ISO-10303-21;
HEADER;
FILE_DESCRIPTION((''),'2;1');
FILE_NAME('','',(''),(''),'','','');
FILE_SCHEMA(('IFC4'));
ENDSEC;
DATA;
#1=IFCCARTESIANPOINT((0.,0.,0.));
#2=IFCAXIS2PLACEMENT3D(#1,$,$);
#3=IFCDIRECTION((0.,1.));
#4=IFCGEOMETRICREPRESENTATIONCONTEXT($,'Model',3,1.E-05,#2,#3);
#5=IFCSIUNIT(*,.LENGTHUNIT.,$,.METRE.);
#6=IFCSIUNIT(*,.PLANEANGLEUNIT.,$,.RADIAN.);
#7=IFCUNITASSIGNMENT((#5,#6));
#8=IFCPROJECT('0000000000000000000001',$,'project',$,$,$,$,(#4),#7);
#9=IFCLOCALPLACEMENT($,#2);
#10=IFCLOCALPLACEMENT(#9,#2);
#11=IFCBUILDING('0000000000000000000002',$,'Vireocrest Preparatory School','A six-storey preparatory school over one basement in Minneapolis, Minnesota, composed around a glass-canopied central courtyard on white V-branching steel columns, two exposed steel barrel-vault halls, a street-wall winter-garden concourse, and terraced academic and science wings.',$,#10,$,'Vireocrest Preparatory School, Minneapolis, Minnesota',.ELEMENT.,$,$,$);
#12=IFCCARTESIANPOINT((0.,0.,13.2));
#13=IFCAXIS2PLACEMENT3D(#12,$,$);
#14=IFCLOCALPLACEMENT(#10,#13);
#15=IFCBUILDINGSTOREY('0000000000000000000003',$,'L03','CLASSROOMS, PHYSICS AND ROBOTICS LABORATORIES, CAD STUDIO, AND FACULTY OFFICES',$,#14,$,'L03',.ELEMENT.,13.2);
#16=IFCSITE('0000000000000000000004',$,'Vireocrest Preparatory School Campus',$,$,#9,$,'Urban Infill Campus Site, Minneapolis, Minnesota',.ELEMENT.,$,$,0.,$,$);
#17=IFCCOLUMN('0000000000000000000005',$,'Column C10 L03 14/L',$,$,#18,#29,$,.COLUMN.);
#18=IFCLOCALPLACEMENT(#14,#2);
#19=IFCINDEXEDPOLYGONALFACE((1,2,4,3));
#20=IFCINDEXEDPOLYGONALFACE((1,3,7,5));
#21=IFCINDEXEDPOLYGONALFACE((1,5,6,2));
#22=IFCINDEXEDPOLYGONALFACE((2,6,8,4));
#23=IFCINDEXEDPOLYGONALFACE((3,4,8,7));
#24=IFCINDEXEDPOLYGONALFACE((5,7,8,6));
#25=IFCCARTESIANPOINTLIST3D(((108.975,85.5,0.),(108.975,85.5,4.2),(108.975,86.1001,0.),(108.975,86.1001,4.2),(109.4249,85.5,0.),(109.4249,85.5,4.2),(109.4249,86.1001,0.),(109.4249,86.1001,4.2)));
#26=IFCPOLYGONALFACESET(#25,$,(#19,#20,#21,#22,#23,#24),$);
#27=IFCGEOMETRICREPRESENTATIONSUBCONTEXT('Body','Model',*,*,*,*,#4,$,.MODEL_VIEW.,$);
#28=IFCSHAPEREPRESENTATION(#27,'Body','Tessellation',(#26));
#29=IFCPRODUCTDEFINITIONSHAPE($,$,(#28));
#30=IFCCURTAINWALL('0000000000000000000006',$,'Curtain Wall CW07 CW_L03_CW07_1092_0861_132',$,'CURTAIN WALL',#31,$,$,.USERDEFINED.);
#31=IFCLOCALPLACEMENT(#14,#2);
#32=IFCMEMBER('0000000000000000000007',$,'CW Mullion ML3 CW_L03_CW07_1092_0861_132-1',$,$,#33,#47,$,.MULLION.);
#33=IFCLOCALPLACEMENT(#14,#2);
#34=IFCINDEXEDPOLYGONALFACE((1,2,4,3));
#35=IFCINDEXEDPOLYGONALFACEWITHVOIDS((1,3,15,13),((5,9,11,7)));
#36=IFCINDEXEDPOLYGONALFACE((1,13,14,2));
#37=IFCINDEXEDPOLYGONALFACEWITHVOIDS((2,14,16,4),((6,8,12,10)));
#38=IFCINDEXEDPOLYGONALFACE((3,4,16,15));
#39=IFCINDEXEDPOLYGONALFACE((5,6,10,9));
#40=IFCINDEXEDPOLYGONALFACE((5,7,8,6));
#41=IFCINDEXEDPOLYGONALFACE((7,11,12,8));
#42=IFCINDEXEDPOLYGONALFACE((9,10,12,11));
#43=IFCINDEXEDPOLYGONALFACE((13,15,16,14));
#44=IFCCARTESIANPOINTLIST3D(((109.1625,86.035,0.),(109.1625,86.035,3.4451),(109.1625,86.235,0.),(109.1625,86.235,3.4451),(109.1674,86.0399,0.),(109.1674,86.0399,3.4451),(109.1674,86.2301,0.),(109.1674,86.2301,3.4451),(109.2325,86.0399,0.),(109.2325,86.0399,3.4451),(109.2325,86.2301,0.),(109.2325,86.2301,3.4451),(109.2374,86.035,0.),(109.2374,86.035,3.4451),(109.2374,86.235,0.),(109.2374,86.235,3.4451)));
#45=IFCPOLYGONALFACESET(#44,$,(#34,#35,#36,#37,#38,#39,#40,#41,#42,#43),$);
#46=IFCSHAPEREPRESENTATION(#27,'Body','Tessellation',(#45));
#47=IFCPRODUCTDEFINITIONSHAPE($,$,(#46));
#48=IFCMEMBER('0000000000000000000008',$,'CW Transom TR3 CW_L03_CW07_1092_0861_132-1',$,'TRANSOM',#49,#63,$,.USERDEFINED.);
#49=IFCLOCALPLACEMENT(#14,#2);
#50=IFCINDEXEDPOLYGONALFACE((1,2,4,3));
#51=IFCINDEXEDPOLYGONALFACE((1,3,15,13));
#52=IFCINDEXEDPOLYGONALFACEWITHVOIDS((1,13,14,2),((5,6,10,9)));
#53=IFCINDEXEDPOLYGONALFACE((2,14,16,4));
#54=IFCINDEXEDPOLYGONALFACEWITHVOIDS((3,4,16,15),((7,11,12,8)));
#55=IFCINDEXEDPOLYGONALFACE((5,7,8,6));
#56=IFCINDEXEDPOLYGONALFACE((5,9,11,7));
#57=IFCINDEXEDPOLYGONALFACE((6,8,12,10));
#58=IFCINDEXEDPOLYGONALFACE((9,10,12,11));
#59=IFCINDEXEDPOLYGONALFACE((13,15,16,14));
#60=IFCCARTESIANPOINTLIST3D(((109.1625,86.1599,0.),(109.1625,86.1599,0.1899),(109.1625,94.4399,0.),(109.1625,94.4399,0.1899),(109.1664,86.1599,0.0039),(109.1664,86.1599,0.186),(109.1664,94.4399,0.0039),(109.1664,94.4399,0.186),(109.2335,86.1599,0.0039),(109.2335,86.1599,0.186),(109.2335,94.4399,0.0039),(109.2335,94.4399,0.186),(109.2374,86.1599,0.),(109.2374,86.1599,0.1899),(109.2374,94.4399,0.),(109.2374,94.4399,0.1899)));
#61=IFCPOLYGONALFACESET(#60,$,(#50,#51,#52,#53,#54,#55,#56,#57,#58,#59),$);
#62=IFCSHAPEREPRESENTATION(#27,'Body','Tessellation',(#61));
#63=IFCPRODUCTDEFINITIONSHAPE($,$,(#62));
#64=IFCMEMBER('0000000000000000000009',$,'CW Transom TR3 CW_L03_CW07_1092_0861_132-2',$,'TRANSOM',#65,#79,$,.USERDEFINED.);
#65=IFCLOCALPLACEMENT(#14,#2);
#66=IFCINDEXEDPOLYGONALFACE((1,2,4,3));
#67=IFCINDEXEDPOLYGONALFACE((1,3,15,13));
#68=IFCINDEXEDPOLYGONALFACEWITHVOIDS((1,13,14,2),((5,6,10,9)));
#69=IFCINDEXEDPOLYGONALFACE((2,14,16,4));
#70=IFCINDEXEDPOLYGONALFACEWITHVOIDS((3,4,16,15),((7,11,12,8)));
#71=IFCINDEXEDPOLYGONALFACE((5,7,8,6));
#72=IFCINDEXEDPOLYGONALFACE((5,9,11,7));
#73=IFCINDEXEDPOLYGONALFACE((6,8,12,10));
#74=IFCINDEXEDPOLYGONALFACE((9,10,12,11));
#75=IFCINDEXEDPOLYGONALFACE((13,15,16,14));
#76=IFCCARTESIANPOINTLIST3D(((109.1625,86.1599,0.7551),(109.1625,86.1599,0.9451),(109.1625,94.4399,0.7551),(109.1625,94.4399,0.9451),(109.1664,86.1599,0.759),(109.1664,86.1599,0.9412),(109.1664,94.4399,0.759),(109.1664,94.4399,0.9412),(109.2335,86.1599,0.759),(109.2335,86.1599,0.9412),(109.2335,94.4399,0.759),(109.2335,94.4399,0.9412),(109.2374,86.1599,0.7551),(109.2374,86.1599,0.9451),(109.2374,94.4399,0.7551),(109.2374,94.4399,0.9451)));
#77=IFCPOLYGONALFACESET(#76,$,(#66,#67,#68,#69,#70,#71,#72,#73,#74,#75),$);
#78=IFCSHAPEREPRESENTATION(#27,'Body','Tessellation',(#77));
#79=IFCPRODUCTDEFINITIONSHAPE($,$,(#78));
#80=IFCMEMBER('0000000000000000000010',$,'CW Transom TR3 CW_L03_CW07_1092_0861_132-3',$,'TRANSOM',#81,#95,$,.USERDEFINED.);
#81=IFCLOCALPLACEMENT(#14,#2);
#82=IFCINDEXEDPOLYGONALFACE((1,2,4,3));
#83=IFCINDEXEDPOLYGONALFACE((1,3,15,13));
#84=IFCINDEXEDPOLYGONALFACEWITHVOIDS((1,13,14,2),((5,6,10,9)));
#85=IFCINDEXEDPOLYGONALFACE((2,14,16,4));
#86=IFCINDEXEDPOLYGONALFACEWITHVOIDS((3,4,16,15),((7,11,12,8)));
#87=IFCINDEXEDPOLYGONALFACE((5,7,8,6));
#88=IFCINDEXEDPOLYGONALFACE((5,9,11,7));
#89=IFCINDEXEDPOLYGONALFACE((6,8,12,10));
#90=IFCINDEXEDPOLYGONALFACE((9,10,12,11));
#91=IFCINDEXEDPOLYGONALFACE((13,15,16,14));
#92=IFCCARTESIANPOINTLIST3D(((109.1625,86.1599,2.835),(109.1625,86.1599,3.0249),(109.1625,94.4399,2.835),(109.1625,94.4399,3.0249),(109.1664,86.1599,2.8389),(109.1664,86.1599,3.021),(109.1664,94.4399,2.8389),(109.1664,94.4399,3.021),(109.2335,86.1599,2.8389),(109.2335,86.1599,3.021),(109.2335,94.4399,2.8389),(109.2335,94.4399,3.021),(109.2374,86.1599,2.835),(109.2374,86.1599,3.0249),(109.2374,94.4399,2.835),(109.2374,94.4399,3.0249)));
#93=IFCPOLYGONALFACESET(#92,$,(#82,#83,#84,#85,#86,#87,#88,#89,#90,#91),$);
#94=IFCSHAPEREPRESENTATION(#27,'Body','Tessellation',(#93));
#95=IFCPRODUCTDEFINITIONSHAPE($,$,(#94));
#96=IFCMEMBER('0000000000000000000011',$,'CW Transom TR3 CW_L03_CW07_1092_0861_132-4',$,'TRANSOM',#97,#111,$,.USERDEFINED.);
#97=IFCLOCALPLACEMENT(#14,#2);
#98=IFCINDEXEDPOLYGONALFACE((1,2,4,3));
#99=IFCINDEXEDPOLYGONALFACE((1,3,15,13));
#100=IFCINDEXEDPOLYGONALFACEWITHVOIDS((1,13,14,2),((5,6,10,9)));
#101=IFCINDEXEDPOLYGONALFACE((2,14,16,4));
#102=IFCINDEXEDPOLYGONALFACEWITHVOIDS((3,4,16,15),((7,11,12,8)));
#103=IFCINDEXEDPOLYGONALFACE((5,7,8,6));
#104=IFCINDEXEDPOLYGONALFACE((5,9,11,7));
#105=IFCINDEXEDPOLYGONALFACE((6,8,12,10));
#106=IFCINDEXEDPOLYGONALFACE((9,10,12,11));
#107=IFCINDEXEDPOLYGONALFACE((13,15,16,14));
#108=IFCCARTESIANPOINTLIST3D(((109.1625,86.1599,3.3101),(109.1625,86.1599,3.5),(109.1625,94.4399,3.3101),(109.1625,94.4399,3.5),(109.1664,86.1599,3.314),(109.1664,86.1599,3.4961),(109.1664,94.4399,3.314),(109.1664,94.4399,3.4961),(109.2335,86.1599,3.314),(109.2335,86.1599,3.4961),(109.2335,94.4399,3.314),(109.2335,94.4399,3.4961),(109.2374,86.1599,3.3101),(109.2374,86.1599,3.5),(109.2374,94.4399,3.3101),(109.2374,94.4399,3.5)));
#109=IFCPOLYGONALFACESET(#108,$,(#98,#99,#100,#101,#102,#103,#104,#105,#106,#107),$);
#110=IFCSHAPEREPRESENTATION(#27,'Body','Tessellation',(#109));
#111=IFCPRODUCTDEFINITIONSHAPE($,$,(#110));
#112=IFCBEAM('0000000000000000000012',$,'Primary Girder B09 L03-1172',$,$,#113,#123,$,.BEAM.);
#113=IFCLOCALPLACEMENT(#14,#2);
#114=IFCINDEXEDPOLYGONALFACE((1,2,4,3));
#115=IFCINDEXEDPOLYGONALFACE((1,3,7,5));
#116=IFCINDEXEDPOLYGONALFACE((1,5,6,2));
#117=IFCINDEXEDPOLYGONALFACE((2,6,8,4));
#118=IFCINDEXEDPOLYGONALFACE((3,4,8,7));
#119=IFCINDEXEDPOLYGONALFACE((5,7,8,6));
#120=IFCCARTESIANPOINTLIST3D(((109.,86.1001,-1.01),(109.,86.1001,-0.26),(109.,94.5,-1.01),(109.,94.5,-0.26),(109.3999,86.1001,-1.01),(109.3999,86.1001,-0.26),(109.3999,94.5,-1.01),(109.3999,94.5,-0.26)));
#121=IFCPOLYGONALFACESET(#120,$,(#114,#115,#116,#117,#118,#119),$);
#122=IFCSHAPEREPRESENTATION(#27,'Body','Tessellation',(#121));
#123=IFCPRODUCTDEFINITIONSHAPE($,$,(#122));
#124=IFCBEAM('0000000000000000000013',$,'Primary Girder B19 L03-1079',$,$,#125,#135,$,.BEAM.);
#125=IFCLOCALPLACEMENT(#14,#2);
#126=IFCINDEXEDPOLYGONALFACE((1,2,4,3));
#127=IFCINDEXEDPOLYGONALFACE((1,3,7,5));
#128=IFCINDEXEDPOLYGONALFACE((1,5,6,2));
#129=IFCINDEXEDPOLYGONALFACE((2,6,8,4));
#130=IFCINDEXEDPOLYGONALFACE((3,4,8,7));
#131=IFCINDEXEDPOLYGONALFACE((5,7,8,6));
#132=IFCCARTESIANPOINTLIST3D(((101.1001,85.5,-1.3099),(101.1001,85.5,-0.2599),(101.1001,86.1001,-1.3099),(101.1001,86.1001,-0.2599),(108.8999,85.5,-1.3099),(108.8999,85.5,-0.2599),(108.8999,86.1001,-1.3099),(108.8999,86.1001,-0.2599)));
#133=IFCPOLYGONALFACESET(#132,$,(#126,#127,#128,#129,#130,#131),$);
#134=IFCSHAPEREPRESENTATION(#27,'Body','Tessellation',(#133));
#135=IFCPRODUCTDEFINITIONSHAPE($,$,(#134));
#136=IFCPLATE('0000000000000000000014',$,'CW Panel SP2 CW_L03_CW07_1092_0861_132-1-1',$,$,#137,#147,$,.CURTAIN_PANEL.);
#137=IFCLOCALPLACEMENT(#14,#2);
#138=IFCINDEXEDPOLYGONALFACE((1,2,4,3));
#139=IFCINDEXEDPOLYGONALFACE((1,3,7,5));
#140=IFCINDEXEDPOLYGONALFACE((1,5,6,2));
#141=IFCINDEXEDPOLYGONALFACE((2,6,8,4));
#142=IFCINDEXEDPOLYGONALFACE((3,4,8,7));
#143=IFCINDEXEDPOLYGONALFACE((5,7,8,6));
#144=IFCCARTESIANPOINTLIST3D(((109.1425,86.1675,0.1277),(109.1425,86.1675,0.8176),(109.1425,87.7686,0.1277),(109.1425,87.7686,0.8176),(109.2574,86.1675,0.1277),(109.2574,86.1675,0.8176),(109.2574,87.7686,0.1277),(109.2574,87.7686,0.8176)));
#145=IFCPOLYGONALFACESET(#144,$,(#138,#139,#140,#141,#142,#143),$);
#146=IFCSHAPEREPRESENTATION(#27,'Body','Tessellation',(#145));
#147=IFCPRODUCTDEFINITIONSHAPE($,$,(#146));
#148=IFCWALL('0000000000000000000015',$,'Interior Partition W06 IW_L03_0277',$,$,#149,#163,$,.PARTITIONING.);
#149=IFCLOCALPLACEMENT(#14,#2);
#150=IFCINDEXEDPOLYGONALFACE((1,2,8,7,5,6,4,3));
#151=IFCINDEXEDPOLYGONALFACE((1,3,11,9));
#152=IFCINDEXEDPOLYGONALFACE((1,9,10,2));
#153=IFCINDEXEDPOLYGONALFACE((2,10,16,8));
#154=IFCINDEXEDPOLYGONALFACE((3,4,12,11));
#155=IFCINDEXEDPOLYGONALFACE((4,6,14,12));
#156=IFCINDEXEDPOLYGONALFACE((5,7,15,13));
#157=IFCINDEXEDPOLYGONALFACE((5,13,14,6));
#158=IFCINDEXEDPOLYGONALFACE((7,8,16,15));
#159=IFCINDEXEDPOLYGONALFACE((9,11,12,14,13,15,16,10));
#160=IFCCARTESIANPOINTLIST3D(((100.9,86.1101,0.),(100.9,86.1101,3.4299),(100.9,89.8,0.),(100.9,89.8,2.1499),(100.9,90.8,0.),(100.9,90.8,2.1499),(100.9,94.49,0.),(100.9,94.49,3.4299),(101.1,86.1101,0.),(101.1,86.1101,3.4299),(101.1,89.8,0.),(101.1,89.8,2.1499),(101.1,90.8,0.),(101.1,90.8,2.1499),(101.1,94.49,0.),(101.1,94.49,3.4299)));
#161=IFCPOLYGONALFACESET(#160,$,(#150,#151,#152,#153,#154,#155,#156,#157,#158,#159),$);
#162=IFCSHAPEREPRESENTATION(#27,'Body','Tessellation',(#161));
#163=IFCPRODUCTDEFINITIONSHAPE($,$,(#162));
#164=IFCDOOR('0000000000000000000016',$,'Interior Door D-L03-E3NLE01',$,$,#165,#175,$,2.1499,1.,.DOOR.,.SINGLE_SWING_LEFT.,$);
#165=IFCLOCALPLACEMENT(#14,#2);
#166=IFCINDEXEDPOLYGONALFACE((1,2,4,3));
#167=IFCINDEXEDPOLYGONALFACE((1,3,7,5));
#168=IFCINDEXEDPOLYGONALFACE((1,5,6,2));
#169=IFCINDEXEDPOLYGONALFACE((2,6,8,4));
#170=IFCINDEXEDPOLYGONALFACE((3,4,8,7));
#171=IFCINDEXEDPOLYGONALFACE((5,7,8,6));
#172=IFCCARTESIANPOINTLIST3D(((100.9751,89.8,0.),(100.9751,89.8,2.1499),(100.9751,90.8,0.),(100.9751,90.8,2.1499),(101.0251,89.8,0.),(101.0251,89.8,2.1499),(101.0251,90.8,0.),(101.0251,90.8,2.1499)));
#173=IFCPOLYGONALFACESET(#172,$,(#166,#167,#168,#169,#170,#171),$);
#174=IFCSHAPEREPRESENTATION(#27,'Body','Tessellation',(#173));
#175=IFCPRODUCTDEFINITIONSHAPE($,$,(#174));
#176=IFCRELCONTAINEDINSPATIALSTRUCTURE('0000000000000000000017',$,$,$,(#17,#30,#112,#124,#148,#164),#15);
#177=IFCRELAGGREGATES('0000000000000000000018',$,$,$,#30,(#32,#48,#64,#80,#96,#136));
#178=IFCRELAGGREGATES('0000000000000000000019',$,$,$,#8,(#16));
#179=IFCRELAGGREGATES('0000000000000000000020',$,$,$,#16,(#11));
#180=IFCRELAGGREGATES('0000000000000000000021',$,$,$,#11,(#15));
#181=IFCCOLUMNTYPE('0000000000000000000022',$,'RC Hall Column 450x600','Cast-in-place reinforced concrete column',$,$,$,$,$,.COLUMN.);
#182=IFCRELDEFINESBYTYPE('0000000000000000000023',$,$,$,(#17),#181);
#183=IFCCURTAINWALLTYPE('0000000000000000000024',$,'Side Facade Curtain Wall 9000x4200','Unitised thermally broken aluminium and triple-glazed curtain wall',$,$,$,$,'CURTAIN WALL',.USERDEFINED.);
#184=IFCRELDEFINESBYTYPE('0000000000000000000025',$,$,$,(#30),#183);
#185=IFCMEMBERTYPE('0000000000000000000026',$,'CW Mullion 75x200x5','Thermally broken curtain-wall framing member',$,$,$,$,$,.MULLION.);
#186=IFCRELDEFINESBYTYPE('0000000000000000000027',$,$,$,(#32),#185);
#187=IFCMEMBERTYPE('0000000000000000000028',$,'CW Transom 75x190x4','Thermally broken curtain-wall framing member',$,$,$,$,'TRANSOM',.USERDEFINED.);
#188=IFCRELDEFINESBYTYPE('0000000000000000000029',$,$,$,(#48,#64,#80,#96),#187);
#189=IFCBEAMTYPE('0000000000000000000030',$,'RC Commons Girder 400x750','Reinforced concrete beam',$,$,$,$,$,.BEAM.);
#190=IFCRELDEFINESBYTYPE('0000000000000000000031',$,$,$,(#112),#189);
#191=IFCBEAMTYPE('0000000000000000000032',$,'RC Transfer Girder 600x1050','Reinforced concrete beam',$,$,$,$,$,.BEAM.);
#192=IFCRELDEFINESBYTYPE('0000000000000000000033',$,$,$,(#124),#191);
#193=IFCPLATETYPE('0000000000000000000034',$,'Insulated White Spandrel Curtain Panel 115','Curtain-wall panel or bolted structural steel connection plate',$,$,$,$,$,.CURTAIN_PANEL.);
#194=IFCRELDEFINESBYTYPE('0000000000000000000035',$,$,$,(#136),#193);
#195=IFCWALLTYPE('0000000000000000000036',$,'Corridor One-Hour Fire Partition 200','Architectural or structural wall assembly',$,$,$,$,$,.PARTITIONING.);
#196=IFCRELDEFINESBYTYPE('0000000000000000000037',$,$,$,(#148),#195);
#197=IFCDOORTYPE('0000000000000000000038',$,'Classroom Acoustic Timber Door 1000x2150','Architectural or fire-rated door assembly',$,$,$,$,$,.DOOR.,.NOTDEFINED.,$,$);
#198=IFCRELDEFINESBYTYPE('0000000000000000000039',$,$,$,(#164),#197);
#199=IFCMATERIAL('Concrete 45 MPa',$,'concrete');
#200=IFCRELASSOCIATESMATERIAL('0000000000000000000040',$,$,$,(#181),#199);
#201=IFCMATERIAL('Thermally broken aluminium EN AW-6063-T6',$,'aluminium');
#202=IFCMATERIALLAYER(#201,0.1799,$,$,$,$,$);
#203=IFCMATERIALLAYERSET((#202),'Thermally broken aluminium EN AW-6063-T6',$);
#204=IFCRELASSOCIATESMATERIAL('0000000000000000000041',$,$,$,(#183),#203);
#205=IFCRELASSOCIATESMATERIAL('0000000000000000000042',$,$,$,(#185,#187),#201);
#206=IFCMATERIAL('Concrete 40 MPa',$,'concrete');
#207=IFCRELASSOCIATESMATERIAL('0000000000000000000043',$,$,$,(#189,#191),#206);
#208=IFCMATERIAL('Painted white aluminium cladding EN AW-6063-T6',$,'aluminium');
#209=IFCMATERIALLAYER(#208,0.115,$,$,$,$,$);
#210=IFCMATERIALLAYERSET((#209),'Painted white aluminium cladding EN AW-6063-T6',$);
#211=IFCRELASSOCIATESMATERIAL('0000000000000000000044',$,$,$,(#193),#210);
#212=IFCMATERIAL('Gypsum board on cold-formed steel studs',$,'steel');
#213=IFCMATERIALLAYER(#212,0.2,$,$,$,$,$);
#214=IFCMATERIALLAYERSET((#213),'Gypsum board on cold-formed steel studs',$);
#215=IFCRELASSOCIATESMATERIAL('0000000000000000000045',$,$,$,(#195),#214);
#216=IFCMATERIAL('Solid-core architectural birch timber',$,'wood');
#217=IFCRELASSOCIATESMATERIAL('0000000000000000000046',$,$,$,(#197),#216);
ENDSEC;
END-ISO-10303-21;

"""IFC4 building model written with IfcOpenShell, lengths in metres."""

from ifc_helpers import new_model, si_unit, direction, frame, frame_2d, origin, origin_2d, place, context, subcontext, project, spatial, rectangle, hollow_rectangle, extrude, material, layer, layer_set, material_profile, profile_set, type_object, element, fill, aggregate, save


model = new_model("IFC4")

# Units and contexts
model_context = context("Model", 3, precision=1e-05, world=origin(), true_north=direction((0.0, 1.0)))
body_context = subcontext(model_context, "Body", "Model", "MODEL_VIEW")
ifc_project = project(units=[si_unit("LENGTHUNIT", "METRE"), si_unit("PLANEANGLEUNIT", "RADIAN")], contexts=[model_context])

# Site, building, storey
site_placement = place(None, origin())
site = spatial("IfcSite", under=ifc_project, at=site_placement, Name="Vireocrest Preparatory School Campus", LongName="Urban Infill Campus Site, Minneapolis, Minnesota", CompositionType="ELEMENT", RefElevation=0.0)
building_placement = place(site_placement, origin())
building = spatial("IfcBuilding", under=site, at=building_placement, Name="Vireocrest Preparatory School", Description="A six-storey preparatory school over one basement in Minneapolis, Minnesota, composed around a glass-canopied central courtyard on white V-branching steel columns, two exposed steel barrel-vault halls, a street-wall winter-garden concourse, and terraced academic and science wings.", LongName="Vireocrest Preparatory School, Minneapolis, Minnesota", CompositionType="ELEMENT")
storey_placement = place(building_placement, frame((0.0, 0.0, 13.2)))
storey = spatial("IfcBuildingStorey", under=building, at=storey_placement, Name="L03", Description="CLASSROOMS, PHYSICS AND ROBOTICS LABORATORIES, CAD STUDIO, AND FACULTY OFFICES", LongName="L03", CompositionType="ELEMENT", Elevation=13.2)

# Column
ifc_material_1 = material(Name="Concrete 45 MPa", Category="concrete")
ifc_material_profile_1 = material_profile(ifc_material_1, rectangle(XDim=0.45, YDim=0.6001, at=origin_2d()), Name="RC 450x600")
ifc_profile_set_1 = profile_set([ifc_material_profile_1], Name="Concrete 45 MPa")
column_type = type_object("IfcColumnType", Name="RC Hall Column 450x600", Description="Cast-in-place reinforced concrete column", PredefinedType="COLUMN", material=ifc_profile_set_1)
column_placement = place(storey_placement, frame((109.2, 85.8, 0.0), z_axis=(0.0, 0.0, 1.0), x_axis=(1.0, 0.0, 0.0)))
element("IfcColumn", 1, at=column_placement, inside=storey, type_object=column_type, Name="Column C10 L03 14/L", PredefinedType="COLUMN", context=body_context, shape_type="SweptSolid", body=[
    extrude(rectangle(XDim=0.45, YDim=0.6001, at=origin_2d()), origin(), (0.0, 0.0, 1.0), 4.2),
])

# Curtain wall, members
ifc_material_2 = material(Name="Thermally broken aluminium EN AW-6063-T6", Category="aluminium")
ifc_layer_1 = layer(ifc_material_2, 0.1799)
ifc_layer_set_1 = layer_set([ifc_layer_1], Name="Thermally broken aluminium EN AW-6063-T6")
curtain_wall_type = type_object("IfcCurtainWallType", Name="Side Facade Curtain Wall 9000x4200", Description="Unitised thermally broken aluminium and triple-glazed curtain wall", ElementType="CURTAIN WALL", PredefinedType="USERDEFINED", material=ifc_layer_set_1)
curtain_wall_placement = place(storey_placement, origin())
curtain_wall = element("IfcCurtainWall", 2, at=curtain_wall_placement, inside=storey, type_object=curtain_wall_type, Name="Curtain Wall CW07 CW_L03_CW07_1092_0861_132", ObjectType="CURTAIN WALL", PredefinedType="USERDEFINED")
ifc_material_profile_2 = material_profile(ifc_material_2, hollow_rectangle(XDim=0.075, YDim=0.2, WallThickness=0.0049, at=origin_2d()), Name="ALU 75x200x5")
ifc_profile_set_2 = profile_set([ifc_material_profile_2], Name="Thermally broken aluminium EN AW-6063-T6")
member_type_1 = type_object("IfcMemberType", Name="CW Mullion 75x200x5", Description="Thermally broken curtain-wall framing member", PredefinedType="MULLION", material=ifc_profile_set_2)
member_1_placement = place(storey_placement, frame((109.2, 86.135, 0.0), z_axis=(0.0, 0.0, 1.0), x_axis=(1.0, 0.0, 0.0)))
member_1 = element("IfcMember", 3, at=member_1_placement, type_object=member_type_1, Name="CW Mullion ML3 CW_L03_CW07_1092_0861_132-1", PredefinedType="MULLION", context=body_context, shape_type="SweptSolid", body=[
    extrude(hollow_rectangle(XDim=0.075, YDim=0.2, WallThickness=0.0049, at=origin_2d()), origin(), (0.0, 0.0, 1.0), 3.4451),
])
ifc_material_profile_3 = material_profile(ifc_material_2, hollow_rectangle(XDim=0.075, YDim=0.1899, WallThickness=0.0039, at=origin_2d()), Name="ALU 75x190x4")
ifc_profile_set_3 = profile_set([ifc_material_profile_3], Name="Thermally broken aluminium EN AW-6063-T6")
member_type_2 = type_object("IfcMemberType", Name="CW Transom 75x190x4", Description="Thermally broken curtain-wall framing member", ElementType="TRANSOM", PredefinedType="USERDEFINED", material=ifc_profile_set_3)
member_2_placement = place(storey_placement, frame((109.2, 86.1599, 0.095), z_axis=(0.0, 1.0, 0.0), x_axis=(-1.0, 0.0, 0.0)))
member_2 = element("IfcMember", 4, at=member_2_placement, type_object=member_type_2, Name="CW Transom TR3 CW_L03_CW07_1092_0861_132-1", ObjectType="TRANSOM", PredefinedType="USERDEFINED", context=body_context, shape_type="SweptSolid", body=[
    extrude(hollow_rectangle(XDim=0.075, YDim=0.1899, WallThickness=0.0039, at=origin_2d()), origin(), (0.0, 0.0, 1.0), 8.28),
])
member_3_placement = place(storey_placement, frame((109.2, 86.1599, 0.8501), z_axis=(0.0, 1.0, 0.0), x_axis=(-1.0, 0.0, 0.0)))
member_3 = element("IfcMember", 5, at=member_3_placement, type_object=member_type_2, Name="CW Transom TR3 CW_L03_CW07_1092_0861_132-2", ObjectType="TRANSOM", PredefinedType="USERDEFINED", context=body_context, shape_type="SweptSolid", body=[
    extrude(hollow_rectangle(XDim=0.075, YDim=0.1899, WallThickness=0.0039, at=origin_2d()), origin(), (0.0, 0.0, 1.0), 8.28),
])
member_4_placement = place(storey_placement, frame((109.2, 86.1599, 2.9299), z_axis=(0.0, 1.0, 0.0), x_axis=(-1.0, 0.0, 0.0)))
member_4 = element("IfcMember", 6, at=member_4_placement, type_object=member_type_2, Name="CW Transom TR3 CW_L03_CW07_1092_0861_132-3", ObjectType="TRANSOM", PredefinedType="USERDEFINED", context=body_context, shape_type="SweptSolid", body=[
    extrude(hollow_rectangle(XDim=0.075, YDim=0.1899, WallThickness=0.0039, at=origin_2d()), origin(), (0.0, 0.0, 1.0), 8.28),
])
member_5_placement = place(storey_placement, frame((109.2, 86.1599, 3.405), z_axis=(0.0, 1.0, 0.0), x_axis=(-1.0, 0.0, 0.0)))
member_5 = element("IfcMember", 7, at=member_5_placement, type_object=member_type_2, Name="CW Transom TR3 CW_L03_CW07_1092_0861_132-4", ObjectType="TRANSOM", PredefinedType="USERDEFINED", context=body_context, shape_type="SweptSolid", body=[
    extrude(hollow_rectangle(XDim=0.075, YDim=0.1899, WallThickness=0.0039, at=origin_2d()), origin(), (0.0, 0.0, 1.0), 8.28),
])

# Beams
ifc_material_3 = material(Name="Concrete 40 MPa", Category="concrete")
ifc_material_profile_4 = material_profile(ifc_material_3, rectangle(XDim=0.3999, YDim=0.75, at=origin_2d()), Name="RC 400x750")
ifc_profile_set_4 = profile_set([ifc_material_profile_4], Name="Concrete 40 MPa")
beam_type_1 = type_object("IfcBeamType", Name="RC Commons Girder 400x750", Description="Reinforced concrete beam", PredefinedType="BEAM", material=ifc_profile_set_4)
beam_1_placement = place(storey_placement, frame((109.2, 86.1001, -0.635), z_axis=(0.0, 1.0, 0.0), x_axis=(-1.0, 0.0, 0.0)))
element("IfcBeam", 8, at=beam_1_placement, inside=storey, type_object=beam_type_1, Name="Primary Girder B09 L03-1172", PredefinedType="BEAM", context=body_context, shape_type="SweptSolid", body=[
    extrude(rectangle(XDim=0.3999, YDim=0.75, at=origin_2d()), origin(), (0.0, 0.0, 1.0), 8.3999),
])
ifc_material_profile_5 = material_profile(ifc_material_3, rectangle(XDim=0.6001, YDim=1.05, at=origin_2d()), Name="RC 600x1050")
ifc_profile_set_5 = profile_set([ifc_material_profile_5], Name="Concrete 40 MPa")
beam_type_2 = type_object("IfcBeamType", Name="RC Transfer Girder 600x1050", Description="Reinforced concrete beam", PredefinedType="BEAM", material=ifc_profile_set_5)
beam_2_placement = place(storey_placement, frame((101.1001, 85.8, -0.7849), z_axis=(1.0, 0.0, 0.0), x_axis=(0.0, 1.0, 0.0)))
element("IfcBeam", 9, at=beam_2_placement, inside=storey, type_object=beam_type_2, Name="Primary Girder B19 L03-1079", PredefinedType="BEAM", context=body_context, shape_type="SweptSolid", body=[
    extrude(rectangle(XDim=0.6001, YDim=1.05, at=origin_2d()), origin(), (0.0, 0.0, 1.0), 7.7998),
])

# Plate
ifc_material_4 = material(Name="Painted white aluminium cladding EN AW-6063-T6", Category="aluminium")
ifc_layer_2 = layer(ifc_material_4, 0.115)
ifc_layer_set_2 = layer_set([ifc_layer_2], Name="Painted white aluminium cladding EN AW-6063-T6")
plate_type = type_object("IfcPlateType", Name="Insulated White Spandrel Curtain Panel 115", Description="Curtain-wall panel or bolted structural steel connection plate", PredefinedType="CURTAIN_PANEL", material=ifc_layer_set_2)
plate_placement = place(storey_placement, frame((109.2, 86.968, 0.1277), z_axis=(0.0, 0.0, 1.0), x_axis=(0.0, 1.0, 0.0)))
plate = element("IfcPlate", 10, at=plate_placement, type_object=plate_type, Name="CW Panel SP2 CW_L03_CW07_1092_0861_132-1-1", PredefinedType="CURTAIN_PANEL", context=body_context, shape_type="SweptSolid", body=[
    extrude(rectangle(XDim=1.6011, YDim=0.115, at=origin_2d()), origin(), (0.0, 0.0, 1.0), 0.6899),
])
aggregate(curtain_wall, [member_1, member_2, member_3, member_4, member_5, plate])

# Wall, opening, door
ifc_material_5 = material(Name="Gypsum board on cold-formed steel studs", Category="steel")
ifc_layer_3 = layer(ifc_material_5, 0.2)
ifc_layer_set_3 = layer_set([ifc_layer_3], Name="Gypsum board on cold-formed steel studs")
wall_type_1 = type_object("IfcWallType", Name="Corridor One-Hour Fire Partition 200", Description="Architectural or structural wall assembly", PredefinedType="PARTITIONING", material=ifc_layer_set_3)
wall_1_placement = place(storey_placement, frame((101.0, 86.1101, 0.0), z_axis=(0.0, 0.0, 1.0), x_axis=(0.0, 1.0, 0.0)))
wall_1 = element("IfcWall", 11, at=wall_1_placement, inside=storey, type_object=wall_type_1, Name="Interior Partition W06 IW_L03_0277", PredefinedType="PARTITIONING", context=body_context, shape_type="SweptSolid", body=[
    extrude(rectangle(XDim=8.3799, YDim=0.2, at=frame_2d((4.1899, 0.0))), origin(), (0.0, 0.0, 1.0), 3.4299),
])
opening_1_placement = place(wall_1_placement, frame((3.6899, 0.0, 0.0)))
opening_1 = element("IfcOpeningElement", 12, at=opening_1_placement, cuts=wall_1, PredefinedType="OPENING", context=body_context, shape_type="SweptSolid", body=[
    extrude(rectangle(XDim=1.0, YDim=2.1499, at=frame_2d((0.5, 1.075))), frame((0.0, 0.1099, 0.0), z_axis=(0.0, -1.0, 0.0), x_axis=(1.0, 0.0, 0.0)), (0.0, 0.0, 1.0), 0.22),
])
ifc_material_6 = material(Name="Solid-core architectural birch timber", Category="wood")
door_type_1 = type_object("IfcDoorType", Name="Classroom Acoustic Timber Door 1000x2150", Description="Architectural or fire-rated door assembly", OperationType="NOTDEFINED", PredefinedType="DOOR", material=ifc_material_6)
door_1_placement = place(opening_1_placement, origin())
door_1 = element("IfcDoor", 13, at=door_1_placement, inside=storey, type_object=door_type_1, Name="Interior Door D-L03-E3NLE01", OperationType="SINGLE_SWING_LEFT", OverallHeight=2.1499, OverallWidth=1.0, PredefinedType="DOOR", context=body_context, shape_type="SweptSolid", body=[
    extrude(rectangle(XDim=1.0, YDim=2.1499, at=frame_2d((0.5, 1.075))), frame((0.0, 0.0249, 0.0), z_axis=(0.0, -1.0, 0.0), x_axis=(1.0, 0.0, 0.0)), (0.0, 0.0, 1.0), 0.05),
])
fill(opening_1, door_1)

save(model, "model.ifc")
